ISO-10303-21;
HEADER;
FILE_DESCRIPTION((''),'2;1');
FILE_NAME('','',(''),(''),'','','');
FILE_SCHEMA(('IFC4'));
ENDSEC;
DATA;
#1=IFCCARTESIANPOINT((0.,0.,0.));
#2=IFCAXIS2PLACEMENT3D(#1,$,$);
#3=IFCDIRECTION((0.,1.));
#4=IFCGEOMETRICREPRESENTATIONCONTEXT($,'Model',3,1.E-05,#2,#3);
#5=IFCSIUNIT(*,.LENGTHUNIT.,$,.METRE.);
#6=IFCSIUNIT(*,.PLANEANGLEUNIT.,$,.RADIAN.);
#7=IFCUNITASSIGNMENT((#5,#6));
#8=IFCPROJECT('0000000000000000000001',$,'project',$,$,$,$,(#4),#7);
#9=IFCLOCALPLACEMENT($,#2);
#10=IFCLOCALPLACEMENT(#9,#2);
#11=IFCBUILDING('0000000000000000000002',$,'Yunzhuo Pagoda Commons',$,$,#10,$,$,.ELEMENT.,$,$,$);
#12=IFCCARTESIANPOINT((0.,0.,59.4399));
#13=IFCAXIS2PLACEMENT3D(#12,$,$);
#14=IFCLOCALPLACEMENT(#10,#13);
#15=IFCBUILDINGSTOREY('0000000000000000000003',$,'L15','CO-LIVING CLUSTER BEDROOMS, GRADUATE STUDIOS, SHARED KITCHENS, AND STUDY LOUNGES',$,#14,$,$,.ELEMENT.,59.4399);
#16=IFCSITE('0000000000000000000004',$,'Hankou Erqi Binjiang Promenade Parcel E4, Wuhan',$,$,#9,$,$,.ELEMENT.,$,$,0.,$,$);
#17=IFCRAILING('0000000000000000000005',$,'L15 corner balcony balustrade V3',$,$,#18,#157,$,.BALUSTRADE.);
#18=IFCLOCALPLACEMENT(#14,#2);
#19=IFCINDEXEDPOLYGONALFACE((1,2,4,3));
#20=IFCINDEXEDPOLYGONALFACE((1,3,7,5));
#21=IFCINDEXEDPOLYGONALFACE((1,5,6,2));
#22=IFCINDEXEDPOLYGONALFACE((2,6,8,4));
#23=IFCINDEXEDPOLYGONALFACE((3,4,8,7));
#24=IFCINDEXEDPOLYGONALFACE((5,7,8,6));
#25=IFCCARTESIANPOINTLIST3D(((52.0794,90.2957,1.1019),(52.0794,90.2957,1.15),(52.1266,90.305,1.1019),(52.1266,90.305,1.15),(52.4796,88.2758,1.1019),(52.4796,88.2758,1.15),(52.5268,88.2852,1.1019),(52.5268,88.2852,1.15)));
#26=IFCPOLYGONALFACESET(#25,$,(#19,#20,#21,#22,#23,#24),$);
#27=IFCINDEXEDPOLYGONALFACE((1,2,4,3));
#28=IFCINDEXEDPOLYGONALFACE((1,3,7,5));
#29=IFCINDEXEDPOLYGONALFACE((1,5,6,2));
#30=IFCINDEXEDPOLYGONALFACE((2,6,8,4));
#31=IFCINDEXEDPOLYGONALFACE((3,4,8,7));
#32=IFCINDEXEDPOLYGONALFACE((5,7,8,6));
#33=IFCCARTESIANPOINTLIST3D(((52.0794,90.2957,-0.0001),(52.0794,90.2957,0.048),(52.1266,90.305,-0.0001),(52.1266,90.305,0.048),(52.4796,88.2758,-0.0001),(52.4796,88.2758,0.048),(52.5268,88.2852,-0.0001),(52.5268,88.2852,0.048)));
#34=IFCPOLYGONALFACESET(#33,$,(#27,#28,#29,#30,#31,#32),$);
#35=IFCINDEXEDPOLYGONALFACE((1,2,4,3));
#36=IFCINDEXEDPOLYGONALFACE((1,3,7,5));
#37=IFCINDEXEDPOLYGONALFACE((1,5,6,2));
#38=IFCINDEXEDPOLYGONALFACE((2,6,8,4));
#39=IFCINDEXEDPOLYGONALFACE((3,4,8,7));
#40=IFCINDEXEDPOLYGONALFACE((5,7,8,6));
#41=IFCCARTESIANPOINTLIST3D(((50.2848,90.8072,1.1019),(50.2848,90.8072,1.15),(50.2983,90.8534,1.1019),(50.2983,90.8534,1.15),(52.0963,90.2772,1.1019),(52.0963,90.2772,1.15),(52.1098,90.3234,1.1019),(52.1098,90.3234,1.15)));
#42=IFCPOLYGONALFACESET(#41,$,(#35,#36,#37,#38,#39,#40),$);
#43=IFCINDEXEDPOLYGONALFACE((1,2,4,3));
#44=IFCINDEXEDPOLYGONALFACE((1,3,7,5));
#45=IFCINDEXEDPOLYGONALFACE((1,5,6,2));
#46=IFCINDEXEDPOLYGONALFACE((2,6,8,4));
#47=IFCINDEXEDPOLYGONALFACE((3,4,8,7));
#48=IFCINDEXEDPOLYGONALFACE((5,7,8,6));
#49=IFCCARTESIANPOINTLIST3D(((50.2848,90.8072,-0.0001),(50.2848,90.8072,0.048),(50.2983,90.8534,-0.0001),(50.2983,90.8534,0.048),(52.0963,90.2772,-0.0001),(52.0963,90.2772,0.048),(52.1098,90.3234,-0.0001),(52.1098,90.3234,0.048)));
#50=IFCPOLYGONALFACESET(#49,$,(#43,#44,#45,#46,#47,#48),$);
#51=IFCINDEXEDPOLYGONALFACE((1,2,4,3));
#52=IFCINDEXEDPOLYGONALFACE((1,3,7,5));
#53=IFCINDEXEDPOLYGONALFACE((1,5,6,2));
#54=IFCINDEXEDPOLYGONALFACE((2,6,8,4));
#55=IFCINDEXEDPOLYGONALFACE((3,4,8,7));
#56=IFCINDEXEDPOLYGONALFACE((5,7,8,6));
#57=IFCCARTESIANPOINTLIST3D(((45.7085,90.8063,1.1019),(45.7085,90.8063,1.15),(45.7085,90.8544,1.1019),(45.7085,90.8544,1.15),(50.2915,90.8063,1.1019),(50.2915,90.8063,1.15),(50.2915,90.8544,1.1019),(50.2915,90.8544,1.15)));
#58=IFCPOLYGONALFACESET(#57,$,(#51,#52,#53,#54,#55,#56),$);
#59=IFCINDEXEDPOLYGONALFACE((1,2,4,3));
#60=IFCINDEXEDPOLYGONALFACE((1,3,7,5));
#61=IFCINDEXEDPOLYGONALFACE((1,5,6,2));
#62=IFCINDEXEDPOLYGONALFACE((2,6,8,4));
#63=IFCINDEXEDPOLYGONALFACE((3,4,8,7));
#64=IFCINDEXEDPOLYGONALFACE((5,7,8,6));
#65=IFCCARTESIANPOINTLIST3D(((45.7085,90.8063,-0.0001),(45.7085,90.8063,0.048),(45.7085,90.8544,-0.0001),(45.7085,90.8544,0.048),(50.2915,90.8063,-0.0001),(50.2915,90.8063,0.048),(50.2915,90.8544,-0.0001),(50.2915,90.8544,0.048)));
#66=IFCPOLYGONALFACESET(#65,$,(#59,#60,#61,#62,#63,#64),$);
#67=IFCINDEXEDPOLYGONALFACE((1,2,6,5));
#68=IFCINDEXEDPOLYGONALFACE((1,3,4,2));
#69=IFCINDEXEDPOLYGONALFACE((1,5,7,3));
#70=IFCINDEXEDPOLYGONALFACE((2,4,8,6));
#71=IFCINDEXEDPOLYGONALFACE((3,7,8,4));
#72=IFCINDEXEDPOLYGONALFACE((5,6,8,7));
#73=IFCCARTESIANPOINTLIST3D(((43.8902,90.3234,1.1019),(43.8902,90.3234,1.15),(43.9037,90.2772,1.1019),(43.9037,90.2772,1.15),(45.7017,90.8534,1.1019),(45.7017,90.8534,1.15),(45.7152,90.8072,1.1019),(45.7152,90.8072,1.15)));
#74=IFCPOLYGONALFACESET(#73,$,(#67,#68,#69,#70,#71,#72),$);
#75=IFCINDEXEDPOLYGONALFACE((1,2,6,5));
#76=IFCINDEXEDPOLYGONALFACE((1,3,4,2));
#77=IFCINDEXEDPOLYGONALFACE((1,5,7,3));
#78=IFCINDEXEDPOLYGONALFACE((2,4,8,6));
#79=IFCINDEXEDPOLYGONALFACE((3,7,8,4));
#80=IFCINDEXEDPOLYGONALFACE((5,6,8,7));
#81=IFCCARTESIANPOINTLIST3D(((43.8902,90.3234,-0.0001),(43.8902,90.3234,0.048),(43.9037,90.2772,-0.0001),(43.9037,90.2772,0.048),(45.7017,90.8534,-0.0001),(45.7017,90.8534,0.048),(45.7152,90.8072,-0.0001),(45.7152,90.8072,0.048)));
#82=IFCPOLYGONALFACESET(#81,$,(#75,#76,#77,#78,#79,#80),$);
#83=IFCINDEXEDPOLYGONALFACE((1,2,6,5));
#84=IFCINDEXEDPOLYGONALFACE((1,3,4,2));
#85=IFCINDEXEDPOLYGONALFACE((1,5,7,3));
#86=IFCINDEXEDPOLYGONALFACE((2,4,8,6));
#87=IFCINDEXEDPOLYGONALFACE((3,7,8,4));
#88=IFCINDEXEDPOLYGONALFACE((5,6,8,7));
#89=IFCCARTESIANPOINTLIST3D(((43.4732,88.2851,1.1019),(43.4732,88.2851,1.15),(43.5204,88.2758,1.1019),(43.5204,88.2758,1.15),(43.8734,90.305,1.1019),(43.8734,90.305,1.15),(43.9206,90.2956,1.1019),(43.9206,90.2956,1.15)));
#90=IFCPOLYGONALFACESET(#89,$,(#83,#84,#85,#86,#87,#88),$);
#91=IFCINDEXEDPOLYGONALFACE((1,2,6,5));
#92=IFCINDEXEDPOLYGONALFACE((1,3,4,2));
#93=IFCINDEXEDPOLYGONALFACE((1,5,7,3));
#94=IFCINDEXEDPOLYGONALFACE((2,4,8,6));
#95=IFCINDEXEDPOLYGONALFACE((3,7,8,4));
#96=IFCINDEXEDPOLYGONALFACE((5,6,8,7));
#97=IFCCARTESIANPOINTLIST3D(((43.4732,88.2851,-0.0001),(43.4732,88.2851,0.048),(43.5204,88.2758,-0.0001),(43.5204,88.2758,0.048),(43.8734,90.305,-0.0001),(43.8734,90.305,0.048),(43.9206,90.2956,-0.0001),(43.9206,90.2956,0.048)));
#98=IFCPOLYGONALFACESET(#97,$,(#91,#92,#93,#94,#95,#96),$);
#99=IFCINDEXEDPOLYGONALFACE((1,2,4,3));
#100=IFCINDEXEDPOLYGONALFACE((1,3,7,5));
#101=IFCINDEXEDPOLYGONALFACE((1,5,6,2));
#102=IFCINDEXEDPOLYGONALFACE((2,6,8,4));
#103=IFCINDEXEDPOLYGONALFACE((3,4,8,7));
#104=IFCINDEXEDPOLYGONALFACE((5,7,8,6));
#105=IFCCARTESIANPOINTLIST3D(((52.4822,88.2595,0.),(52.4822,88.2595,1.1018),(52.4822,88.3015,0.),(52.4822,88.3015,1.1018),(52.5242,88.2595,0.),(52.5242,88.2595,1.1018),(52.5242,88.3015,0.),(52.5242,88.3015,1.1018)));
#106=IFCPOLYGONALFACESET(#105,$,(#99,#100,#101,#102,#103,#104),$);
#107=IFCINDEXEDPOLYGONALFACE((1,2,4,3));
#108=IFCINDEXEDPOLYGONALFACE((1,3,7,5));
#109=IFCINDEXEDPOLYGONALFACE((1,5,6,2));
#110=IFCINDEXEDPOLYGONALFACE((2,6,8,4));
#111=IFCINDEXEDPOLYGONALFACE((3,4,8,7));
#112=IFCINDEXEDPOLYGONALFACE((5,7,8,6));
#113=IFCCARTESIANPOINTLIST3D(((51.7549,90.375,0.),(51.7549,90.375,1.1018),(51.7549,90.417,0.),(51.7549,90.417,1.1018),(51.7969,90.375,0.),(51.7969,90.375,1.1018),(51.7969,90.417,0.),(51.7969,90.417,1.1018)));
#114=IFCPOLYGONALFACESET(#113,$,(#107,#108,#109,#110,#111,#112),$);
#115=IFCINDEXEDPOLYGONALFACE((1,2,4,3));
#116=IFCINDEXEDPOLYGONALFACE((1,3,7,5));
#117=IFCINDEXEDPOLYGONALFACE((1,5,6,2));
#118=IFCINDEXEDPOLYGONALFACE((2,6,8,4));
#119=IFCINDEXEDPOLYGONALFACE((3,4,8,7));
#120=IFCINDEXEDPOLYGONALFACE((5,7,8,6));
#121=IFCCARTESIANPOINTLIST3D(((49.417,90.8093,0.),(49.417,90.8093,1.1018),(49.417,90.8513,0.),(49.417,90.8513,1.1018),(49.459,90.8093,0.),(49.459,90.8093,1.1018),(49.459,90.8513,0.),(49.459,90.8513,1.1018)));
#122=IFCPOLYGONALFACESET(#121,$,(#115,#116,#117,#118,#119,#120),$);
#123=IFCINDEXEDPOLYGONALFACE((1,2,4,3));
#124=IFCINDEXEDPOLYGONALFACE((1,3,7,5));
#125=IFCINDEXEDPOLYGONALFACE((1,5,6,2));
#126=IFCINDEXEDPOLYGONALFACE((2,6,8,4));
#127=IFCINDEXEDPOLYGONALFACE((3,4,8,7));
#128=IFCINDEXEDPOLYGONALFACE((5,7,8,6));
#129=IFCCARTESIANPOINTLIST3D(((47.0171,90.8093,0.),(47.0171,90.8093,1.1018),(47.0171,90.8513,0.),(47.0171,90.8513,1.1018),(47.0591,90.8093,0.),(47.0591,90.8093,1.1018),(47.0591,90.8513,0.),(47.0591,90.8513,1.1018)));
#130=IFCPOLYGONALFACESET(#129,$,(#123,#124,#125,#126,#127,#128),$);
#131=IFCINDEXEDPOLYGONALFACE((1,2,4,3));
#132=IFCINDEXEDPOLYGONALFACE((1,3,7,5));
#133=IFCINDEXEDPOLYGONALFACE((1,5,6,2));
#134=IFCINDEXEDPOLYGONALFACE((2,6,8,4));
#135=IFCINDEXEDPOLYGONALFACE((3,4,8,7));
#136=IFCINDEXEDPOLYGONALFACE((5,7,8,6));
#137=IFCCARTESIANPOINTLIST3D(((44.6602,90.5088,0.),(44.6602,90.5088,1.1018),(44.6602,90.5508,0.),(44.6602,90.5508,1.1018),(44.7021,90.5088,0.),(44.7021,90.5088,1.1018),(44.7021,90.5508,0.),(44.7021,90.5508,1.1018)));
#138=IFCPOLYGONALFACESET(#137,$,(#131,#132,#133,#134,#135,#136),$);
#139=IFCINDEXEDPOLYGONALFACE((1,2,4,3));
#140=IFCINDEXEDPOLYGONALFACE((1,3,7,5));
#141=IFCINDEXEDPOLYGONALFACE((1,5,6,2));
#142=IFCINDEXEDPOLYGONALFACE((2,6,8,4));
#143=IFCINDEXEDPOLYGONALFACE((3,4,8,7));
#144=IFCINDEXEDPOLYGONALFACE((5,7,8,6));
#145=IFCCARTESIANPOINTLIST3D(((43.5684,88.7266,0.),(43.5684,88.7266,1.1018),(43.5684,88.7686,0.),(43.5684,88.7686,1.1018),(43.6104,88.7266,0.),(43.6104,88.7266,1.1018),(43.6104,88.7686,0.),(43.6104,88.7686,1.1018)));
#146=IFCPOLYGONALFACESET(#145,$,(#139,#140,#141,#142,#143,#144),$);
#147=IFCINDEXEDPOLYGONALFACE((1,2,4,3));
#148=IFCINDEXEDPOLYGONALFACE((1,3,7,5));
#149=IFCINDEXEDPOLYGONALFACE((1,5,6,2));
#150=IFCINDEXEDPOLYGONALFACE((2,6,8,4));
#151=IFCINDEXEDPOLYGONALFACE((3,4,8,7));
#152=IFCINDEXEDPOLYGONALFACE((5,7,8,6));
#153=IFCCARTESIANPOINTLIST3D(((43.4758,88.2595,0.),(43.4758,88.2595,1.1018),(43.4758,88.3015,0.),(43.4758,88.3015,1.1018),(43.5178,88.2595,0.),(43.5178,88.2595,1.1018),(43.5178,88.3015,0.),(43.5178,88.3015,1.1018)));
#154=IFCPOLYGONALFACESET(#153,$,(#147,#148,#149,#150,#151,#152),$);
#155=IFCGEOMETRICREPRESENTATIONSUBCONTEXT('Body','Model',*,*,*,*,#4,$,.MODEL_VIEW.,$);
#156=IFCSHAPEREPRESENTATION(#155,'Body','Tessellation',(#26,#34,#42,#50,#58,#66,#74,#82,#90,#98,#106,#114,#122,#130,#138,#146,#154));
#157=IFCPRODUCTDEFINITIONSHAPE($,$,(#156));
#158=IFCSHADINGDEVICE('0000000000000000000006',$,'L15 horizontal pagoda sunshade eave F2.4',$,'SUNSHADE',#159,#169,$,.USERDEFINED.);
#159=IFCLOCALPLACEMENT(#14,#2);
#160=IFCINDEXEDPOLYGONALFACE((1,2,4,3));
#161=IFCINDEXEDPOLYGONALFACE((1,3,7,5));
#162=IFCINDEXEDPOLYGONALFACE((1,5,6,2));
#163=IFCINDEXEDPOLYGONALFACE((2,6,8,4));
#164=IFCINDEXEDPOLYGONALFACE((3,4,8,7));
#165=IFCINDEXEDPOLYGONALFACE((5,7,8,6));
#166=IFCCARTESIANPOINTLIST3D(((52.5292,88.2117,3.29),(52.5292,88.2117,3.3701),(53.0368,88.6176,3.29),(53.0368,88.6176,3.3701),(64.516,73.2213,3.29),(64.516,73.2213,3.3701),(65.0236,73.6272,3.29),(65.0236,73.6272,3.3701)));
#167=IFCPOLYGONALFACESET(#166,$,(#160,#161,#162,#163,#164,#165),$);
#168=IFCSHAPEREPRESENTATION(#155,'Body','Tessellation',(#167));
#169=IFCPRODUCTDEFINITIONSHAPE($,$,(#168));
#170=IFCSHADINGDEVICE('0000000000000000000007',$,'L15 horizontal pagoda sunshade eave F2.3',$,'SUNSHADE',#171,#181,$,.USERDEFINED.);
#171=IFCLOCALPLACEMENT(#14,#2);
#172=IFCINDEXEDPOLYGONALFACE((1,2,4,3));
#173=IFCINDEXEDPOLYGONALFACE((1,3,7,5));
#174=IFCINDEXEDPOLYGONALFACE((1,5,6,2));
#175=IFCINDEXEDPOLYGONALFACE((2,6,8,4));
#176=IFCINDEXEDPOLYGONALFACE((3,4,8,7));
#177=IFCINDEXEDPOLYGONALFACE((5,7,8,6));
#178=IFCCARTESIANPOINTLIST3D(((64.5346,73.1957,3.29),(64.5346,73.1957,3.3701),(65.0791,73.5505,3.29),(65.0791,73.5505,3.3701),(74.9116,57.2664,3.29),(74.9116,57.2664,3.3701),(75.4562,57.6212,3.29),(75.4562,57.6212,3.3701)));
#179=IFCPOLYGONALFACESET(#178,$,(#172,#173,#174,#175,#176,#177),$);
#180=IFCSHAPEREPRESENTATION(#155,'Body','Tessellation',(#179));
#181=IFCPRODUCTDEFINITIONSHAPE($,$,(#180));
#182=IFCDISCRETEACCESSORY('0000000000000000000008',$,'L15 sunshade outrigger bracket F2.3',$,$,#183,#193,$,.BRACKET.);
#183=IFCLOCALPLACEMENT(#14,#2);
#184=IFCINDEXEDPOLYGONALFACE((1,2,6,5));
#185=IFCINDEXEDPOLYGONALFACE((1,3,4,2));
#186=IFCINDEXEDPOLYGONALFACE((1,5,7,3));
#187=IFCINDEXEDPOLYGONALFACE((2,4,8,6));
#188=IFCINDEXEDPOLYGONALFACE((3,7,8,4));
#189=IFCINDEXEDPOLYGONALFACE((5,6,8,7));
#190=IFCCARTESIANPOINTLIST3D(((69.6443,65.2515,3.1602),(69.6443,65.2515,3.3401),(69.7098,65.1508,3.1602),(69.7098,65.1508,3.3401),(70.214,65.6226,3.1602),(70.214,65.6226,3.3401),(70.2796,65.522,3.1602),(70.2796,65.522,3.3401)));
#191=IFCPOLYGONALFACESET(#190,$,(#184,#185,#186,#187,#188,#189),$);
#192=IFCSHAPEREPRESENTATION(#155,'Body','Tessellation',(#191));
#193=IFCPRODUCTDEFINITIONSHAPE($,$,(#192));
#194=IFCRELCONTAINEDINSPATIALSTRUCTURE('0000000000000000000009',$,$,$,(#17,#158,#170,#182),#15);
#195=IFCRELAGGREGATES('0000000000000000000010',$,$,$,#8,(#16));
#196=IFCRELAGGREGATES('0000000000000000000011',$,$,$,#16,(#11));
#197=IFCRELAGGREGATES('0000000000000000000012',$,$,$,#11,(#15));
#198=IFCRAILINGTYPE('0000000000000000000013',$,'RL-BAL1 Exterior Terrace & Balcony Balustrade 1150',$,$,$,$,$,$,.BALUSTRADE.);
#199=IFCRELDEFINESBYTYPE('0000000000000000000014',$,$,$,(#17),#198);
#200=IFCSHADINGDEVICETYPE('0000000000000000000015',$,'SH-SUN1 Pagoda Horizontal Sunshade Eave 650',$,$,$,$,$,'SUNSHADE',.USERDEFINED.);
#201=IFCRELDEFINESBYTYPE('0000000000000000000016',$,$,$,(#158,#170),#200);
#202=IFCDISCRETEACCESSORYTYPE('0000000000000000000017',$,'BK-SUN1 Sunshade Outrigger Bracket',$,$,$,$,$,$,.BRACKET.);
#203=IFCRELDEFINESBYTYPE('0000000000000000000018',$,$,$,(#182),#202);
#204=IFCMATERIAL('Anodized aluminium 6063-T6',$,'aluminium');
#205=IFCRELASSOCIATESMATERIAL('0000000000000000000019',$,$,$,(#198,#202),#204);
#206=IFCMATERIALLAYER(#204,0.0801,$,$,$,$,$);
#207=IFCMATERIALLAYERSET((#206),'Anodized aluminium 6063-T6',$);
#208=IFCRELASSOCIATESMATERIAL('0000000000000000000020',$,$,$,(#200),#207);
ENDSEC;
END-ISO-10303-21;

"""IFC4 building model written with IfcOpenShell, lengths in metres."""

from ifc_helpers import new_model, si_unit, direction, frame, origin, origin_2d, place, context, subcontext, project, spatial, rectangle, extrude, source, transform, mapped, material, layer, layer_set, type_object, element, save


model = new_model("IFC4")

# Units and contexts
model_context = context("Model", 3, precision=1e-05, world=origin(), true_north=direction((0.0, 1.0)))
body_context = subcontext(model_context, "Body", "Model", "MODEL_VIEW")
ifc_project = project(units=[si_unit("LENGTHUNIT", "METRE"), si_unit("PLANEANGLEUNIT", "RADIAN")], contexts=[model_context])

# Site, building, storey
site_placement = place(None, origin())
site = spatial("IfcSite", under=ifc_project, at=site_placement, Name="Hankou Erqi Binjiang Promenade Parcel E4, Wuhan", CompositionType="ELEMENT", RefElevation=0.0)
building_placement = place(site_placement, origin())
building = spatial("IfcBuilding", under=site, at=building_placement, Name="Yunzhuo Pagoda Commons", CompositionType="ELEMENT")
storey_placement = place(building_placement, frame((0.0, 0.0, 59.4399)))
storey = spatial("IfcBuildingStorey", under=building, at=storey_placement, Name="L15", Description="CO-LIVING CLUSTER BEDROOMS, GRADUATE STUDIOS, SHARED KITCHENS, AND STUDY LOUNGES", CompositionType="ELEMENT", Elevation=59.4399)

# Shared definitions
ifc_material_1 = material(Name="Anodized aluminium 6063-T6", Category="aluminium")

# Railing
railing_type_1 = type_object("IfcRailingType", Name="RL-BAL1 Exterior Terrace & Balcony Balustrade 1150", PredefinedType="BALUSTRADE", material=ifc_material_1)
railing_1_placement = place(storey_placement, frame((52.5032, 88.2805, 0.0)))
element("IfcRailing", 1, at=railing_1_placement, inside=storey, type_object=railing_type_1, Name="L15 corner balcony balustrade V3", PredefinedType="BALUSTRADE", context=body_context, shape_type="SweptSolid", body=[
    extrude(rectangle(XDim=0.0481, YDim=0.0481, at=origin_2d()), frame((0.0, 0.0, 1.126), z_axis=(-0.194337, 0.980935, 0.0), x_axis=(-0.980935, -0.194337, 0.0)), (0.0, 0.0, 1.0), 2.0591),
    extrude(rectangle(XDim=0.0481, YDim=0.0481, at=origin_2d()), frame((0.0, 0.0, 0.0239), z_axis=(-0.194337, 0.980935, 0.0), x_axis=(-0.980935, -0.194337, 0.0)), (0.0, 0.0, 1.0), 2.0591),
    extrude(rectangle(XDim=0.0481, YDim=0.0481, at=origin_2d()), frame((-0.4001, 2.0198, 1.126), z_axis=(-0.959762, 0.280814, 0.0), x_axis=(-0.280814, -0.959762, 0.0)), (0.0, 0.0, 1.0), 1.8875),
    extrude(rectangle(XDim=0.0481, YDim=0.0481, at=origin_2d()), frame((-0.4001, 2.0198, 0.0239), z_axis=(-0.959762, 0.280814, 0.0), x_axis=(-0.280814, -0.959762, 0.0)), (0.0, 0.0, 1.0), 1.8875),
    extrude(rectangle(XDim=0.0481, YDim=0.0481, at=origin_2d()), frame((-2.2117, 2.5498, 1.126), z_axis=(-1.0, 0.0, 0.0), x_axis=(0.0, -1.0, 0.0)), (0.0, 0.0, 1.0), 4.583),
    extrude(rectangle(XDim=0.0481, YDim=0.0481, at=origin_2d()), frame((-2.2117, 2.5498, 0.0239), z_axis=(-1.0, 0.0, 0.0), x_axis=(0.0, -1.0, 0.0)), (0.0, 0.0, 1.0), 4.583),
    extrude(rectangle(XDim=0.0481, YDim=0.0481, at=origin_2d()), frame((-6.7947, 2.5498, 1.126), z_axis=(-0.959762, -0.280814, 0.0), x_axis=(0.280814, -0.959762, 0.0)), (0.0, 0.0, 1.0), 1.8875),
    extrude(rectangle(XDim=0.0481, YDim=0.0481, at=origin_2d()), frame((-6.7947, 2.5498, 0.0239), z_axis=(-0.959762, -0.280814, 0.0), x_axis=(0.280814, -0.959762, 0.0)), (0.0, 0.0, 1.0), 1.8875),
    extrude(rectangle(XDim=0.0481, YDim=0.0481, at=origin_2d()), frame((-8.6062, 2.0198, 1.126), z_axis=(-0.194337, -0.980935, 0.0), x_axis=(0.980935, -0.194337, 0.0)), (0.0, 0.0, 1.0), 2.0591),
    extrude(rectangle(XDim=0.0481, YDim=0.0481, at=origin_2d()), frame((-8.6062, 2.0198, 0.0239), z_axis=(-0.194337, -0.980935, 0.0), x_axis=(0.980935, -0.194337, 0.0)), (0.0, 0.0, 1.0), 2.0591),
    extrude(rectangle(XDim=0.042, YDim=0.042, at=origin_2d()), origin(), (0.0, 0.0, 1.0), 1.1018),
    extrude(rectangle(XDim=0.042, YDim=0.042, at=origin_2d()), frame((-0.7273, 2.1155, 0.0)), (0.0, 0.0, 1.0), 1.1018),
    extrude(rectangle(XDim=0.042, YDim=0.042, at=origin_2d()), frame((-3.0652, 2.5498, 0.0)), (0.0, 0.0, 1.0), 1.1018),
    extrude(rectangle(XDim=0.042, YDim=0.042, at=origin_2d()), frame((-5.4651, 2.5498, 0.0)), (0.0, 0.0, 1.0), 1.1018),
    extrude(rectangle(XDim=0.042, YDim=0.042, at=origin_2d()), frame((-7.822, 2.2493, 0.0)), (0.0, 0.0, 1.0), 1.1018),
    extrude(rectangle(XDim=0.042, YDim=0.042, at=origin_2d()), frame((-8.9138, 0.467, 0.0)), (0.0, 0.0, 1.0), 1.1018),
    extrude(rectangle(XDim=0.042, YDim=0.042, at=origin_2d()), frame((-9.0063, 0.0, 0.0)), (0.0, 0.0, 1.0), 1.1018),
])

# Shading devices
ifc_layer_1 = layer(ifc_material_1, 0.0801)
ifc_layer_set_1 = layer_set([ifc_layer_1], Name="Anodized aluminium 6063-T6")
shading_device_type = type_object("IfcShadingDeviceType", Name="SH-SUN1 Pagoda Horizontal Sunshade Eave 650", ElementType="SUNSHADE", PredefinedType="USERDEFINED", material=ifc_layer_set_1)
shared_shape_1 = source(origin(), body_context, "Body", "SweptSolid", [
    extrude(rectangle(XDim=19.1936, YDim=0.6499, at=origin_2d()), origin(), (0.0, 0.0, 1.0), 0.0801),
])
shading_device_1_placement = place(storey_placement, frame((58.7764, 80.9194, 3.29), z_axis=(0.0, 0.0, 1.0), x_axis=(-0.62452, 0.781008, 0.0)))
element("IfcShadingDevice", 2, at=shading_device_1_placement, inside=storey, type_object=shading_device_type, Name="L15 horizontal pagoda sunshade eave F2.4", ObjectType="SUNSHADE", PredefinedType="USERDEFINED", context=body_context, shape_type="MappedRepresentation", body=[
    mapped(shared_shape_1, transform((0.0, 0.0, 0.0), scale=1.0)),
])
shared_shape_2 = source(origin(), body_context, "Body", "SweptSolid", [
    extrude(rectangle(XDim=19.0112, YDim=0.6499, at=origin_2d()), origin(), (0.0, 0.0, 1.0), 0.0801),
])
shading_device_2_placement = place(storey_placement, frame((69.9954, 65.4084, 3.29), z_axis=(0.0, 0.0, 1.0), x_axis=(-0.545839, 0.83789, 0.0)))
element("IfcShadingDevice", 3, at=shading_device_2_placement, inside=storey, type_object=shading_device_type, Name="L15 horizontal pagoda sunshade eave F2.3", ObjectType="SUNSHADE", PredefinedType="USERDEFINED", context=body_context, shape_type="MappedRepresentation", body=[
    mapped(shared_shape_2, transform((0.0, 0.0, 0.0), scale=1.0)),
])

# Discrete accessory
discrete_accessory_type = type_object("IfcDiscreteAccessoryType", Name="BK-SUN1 Sunshade Outrigger Bracket", PredefinedType="BRACKET", material=ifc_material_1)
shared_shape_3 = source(origin(), body_context, "Body", "SweptSolid", [
    extrude(rectangle(XDim=0.1201, YDim=0.6799, at=origin_2d()), origin(), (0.0, 0.0, 1.0), 0.1799),
])
discrete_accessory_placement = place(storey_placement, frame((69.9619, 65.3867, 3.1602), z_axis=(0.0, 0.0, 1.0), x_axis=(-0.545839, 0.83789, 0.0)))
element("IfcDiscreteAccessory", 4, at=discrete_accessory_placement, inside=storey, type_object=discrete_accessory_type, Name="L15 sunshade outrigger bracket F2.3", PredefinedType="BRACKET", context=body_context, shape_type="MappedRepresentation", body=[
    mapped(shared_shape_3, transform((0.0, 0.0, 0.0), scale=1.0)),
])

save(model, "model.ifc")
